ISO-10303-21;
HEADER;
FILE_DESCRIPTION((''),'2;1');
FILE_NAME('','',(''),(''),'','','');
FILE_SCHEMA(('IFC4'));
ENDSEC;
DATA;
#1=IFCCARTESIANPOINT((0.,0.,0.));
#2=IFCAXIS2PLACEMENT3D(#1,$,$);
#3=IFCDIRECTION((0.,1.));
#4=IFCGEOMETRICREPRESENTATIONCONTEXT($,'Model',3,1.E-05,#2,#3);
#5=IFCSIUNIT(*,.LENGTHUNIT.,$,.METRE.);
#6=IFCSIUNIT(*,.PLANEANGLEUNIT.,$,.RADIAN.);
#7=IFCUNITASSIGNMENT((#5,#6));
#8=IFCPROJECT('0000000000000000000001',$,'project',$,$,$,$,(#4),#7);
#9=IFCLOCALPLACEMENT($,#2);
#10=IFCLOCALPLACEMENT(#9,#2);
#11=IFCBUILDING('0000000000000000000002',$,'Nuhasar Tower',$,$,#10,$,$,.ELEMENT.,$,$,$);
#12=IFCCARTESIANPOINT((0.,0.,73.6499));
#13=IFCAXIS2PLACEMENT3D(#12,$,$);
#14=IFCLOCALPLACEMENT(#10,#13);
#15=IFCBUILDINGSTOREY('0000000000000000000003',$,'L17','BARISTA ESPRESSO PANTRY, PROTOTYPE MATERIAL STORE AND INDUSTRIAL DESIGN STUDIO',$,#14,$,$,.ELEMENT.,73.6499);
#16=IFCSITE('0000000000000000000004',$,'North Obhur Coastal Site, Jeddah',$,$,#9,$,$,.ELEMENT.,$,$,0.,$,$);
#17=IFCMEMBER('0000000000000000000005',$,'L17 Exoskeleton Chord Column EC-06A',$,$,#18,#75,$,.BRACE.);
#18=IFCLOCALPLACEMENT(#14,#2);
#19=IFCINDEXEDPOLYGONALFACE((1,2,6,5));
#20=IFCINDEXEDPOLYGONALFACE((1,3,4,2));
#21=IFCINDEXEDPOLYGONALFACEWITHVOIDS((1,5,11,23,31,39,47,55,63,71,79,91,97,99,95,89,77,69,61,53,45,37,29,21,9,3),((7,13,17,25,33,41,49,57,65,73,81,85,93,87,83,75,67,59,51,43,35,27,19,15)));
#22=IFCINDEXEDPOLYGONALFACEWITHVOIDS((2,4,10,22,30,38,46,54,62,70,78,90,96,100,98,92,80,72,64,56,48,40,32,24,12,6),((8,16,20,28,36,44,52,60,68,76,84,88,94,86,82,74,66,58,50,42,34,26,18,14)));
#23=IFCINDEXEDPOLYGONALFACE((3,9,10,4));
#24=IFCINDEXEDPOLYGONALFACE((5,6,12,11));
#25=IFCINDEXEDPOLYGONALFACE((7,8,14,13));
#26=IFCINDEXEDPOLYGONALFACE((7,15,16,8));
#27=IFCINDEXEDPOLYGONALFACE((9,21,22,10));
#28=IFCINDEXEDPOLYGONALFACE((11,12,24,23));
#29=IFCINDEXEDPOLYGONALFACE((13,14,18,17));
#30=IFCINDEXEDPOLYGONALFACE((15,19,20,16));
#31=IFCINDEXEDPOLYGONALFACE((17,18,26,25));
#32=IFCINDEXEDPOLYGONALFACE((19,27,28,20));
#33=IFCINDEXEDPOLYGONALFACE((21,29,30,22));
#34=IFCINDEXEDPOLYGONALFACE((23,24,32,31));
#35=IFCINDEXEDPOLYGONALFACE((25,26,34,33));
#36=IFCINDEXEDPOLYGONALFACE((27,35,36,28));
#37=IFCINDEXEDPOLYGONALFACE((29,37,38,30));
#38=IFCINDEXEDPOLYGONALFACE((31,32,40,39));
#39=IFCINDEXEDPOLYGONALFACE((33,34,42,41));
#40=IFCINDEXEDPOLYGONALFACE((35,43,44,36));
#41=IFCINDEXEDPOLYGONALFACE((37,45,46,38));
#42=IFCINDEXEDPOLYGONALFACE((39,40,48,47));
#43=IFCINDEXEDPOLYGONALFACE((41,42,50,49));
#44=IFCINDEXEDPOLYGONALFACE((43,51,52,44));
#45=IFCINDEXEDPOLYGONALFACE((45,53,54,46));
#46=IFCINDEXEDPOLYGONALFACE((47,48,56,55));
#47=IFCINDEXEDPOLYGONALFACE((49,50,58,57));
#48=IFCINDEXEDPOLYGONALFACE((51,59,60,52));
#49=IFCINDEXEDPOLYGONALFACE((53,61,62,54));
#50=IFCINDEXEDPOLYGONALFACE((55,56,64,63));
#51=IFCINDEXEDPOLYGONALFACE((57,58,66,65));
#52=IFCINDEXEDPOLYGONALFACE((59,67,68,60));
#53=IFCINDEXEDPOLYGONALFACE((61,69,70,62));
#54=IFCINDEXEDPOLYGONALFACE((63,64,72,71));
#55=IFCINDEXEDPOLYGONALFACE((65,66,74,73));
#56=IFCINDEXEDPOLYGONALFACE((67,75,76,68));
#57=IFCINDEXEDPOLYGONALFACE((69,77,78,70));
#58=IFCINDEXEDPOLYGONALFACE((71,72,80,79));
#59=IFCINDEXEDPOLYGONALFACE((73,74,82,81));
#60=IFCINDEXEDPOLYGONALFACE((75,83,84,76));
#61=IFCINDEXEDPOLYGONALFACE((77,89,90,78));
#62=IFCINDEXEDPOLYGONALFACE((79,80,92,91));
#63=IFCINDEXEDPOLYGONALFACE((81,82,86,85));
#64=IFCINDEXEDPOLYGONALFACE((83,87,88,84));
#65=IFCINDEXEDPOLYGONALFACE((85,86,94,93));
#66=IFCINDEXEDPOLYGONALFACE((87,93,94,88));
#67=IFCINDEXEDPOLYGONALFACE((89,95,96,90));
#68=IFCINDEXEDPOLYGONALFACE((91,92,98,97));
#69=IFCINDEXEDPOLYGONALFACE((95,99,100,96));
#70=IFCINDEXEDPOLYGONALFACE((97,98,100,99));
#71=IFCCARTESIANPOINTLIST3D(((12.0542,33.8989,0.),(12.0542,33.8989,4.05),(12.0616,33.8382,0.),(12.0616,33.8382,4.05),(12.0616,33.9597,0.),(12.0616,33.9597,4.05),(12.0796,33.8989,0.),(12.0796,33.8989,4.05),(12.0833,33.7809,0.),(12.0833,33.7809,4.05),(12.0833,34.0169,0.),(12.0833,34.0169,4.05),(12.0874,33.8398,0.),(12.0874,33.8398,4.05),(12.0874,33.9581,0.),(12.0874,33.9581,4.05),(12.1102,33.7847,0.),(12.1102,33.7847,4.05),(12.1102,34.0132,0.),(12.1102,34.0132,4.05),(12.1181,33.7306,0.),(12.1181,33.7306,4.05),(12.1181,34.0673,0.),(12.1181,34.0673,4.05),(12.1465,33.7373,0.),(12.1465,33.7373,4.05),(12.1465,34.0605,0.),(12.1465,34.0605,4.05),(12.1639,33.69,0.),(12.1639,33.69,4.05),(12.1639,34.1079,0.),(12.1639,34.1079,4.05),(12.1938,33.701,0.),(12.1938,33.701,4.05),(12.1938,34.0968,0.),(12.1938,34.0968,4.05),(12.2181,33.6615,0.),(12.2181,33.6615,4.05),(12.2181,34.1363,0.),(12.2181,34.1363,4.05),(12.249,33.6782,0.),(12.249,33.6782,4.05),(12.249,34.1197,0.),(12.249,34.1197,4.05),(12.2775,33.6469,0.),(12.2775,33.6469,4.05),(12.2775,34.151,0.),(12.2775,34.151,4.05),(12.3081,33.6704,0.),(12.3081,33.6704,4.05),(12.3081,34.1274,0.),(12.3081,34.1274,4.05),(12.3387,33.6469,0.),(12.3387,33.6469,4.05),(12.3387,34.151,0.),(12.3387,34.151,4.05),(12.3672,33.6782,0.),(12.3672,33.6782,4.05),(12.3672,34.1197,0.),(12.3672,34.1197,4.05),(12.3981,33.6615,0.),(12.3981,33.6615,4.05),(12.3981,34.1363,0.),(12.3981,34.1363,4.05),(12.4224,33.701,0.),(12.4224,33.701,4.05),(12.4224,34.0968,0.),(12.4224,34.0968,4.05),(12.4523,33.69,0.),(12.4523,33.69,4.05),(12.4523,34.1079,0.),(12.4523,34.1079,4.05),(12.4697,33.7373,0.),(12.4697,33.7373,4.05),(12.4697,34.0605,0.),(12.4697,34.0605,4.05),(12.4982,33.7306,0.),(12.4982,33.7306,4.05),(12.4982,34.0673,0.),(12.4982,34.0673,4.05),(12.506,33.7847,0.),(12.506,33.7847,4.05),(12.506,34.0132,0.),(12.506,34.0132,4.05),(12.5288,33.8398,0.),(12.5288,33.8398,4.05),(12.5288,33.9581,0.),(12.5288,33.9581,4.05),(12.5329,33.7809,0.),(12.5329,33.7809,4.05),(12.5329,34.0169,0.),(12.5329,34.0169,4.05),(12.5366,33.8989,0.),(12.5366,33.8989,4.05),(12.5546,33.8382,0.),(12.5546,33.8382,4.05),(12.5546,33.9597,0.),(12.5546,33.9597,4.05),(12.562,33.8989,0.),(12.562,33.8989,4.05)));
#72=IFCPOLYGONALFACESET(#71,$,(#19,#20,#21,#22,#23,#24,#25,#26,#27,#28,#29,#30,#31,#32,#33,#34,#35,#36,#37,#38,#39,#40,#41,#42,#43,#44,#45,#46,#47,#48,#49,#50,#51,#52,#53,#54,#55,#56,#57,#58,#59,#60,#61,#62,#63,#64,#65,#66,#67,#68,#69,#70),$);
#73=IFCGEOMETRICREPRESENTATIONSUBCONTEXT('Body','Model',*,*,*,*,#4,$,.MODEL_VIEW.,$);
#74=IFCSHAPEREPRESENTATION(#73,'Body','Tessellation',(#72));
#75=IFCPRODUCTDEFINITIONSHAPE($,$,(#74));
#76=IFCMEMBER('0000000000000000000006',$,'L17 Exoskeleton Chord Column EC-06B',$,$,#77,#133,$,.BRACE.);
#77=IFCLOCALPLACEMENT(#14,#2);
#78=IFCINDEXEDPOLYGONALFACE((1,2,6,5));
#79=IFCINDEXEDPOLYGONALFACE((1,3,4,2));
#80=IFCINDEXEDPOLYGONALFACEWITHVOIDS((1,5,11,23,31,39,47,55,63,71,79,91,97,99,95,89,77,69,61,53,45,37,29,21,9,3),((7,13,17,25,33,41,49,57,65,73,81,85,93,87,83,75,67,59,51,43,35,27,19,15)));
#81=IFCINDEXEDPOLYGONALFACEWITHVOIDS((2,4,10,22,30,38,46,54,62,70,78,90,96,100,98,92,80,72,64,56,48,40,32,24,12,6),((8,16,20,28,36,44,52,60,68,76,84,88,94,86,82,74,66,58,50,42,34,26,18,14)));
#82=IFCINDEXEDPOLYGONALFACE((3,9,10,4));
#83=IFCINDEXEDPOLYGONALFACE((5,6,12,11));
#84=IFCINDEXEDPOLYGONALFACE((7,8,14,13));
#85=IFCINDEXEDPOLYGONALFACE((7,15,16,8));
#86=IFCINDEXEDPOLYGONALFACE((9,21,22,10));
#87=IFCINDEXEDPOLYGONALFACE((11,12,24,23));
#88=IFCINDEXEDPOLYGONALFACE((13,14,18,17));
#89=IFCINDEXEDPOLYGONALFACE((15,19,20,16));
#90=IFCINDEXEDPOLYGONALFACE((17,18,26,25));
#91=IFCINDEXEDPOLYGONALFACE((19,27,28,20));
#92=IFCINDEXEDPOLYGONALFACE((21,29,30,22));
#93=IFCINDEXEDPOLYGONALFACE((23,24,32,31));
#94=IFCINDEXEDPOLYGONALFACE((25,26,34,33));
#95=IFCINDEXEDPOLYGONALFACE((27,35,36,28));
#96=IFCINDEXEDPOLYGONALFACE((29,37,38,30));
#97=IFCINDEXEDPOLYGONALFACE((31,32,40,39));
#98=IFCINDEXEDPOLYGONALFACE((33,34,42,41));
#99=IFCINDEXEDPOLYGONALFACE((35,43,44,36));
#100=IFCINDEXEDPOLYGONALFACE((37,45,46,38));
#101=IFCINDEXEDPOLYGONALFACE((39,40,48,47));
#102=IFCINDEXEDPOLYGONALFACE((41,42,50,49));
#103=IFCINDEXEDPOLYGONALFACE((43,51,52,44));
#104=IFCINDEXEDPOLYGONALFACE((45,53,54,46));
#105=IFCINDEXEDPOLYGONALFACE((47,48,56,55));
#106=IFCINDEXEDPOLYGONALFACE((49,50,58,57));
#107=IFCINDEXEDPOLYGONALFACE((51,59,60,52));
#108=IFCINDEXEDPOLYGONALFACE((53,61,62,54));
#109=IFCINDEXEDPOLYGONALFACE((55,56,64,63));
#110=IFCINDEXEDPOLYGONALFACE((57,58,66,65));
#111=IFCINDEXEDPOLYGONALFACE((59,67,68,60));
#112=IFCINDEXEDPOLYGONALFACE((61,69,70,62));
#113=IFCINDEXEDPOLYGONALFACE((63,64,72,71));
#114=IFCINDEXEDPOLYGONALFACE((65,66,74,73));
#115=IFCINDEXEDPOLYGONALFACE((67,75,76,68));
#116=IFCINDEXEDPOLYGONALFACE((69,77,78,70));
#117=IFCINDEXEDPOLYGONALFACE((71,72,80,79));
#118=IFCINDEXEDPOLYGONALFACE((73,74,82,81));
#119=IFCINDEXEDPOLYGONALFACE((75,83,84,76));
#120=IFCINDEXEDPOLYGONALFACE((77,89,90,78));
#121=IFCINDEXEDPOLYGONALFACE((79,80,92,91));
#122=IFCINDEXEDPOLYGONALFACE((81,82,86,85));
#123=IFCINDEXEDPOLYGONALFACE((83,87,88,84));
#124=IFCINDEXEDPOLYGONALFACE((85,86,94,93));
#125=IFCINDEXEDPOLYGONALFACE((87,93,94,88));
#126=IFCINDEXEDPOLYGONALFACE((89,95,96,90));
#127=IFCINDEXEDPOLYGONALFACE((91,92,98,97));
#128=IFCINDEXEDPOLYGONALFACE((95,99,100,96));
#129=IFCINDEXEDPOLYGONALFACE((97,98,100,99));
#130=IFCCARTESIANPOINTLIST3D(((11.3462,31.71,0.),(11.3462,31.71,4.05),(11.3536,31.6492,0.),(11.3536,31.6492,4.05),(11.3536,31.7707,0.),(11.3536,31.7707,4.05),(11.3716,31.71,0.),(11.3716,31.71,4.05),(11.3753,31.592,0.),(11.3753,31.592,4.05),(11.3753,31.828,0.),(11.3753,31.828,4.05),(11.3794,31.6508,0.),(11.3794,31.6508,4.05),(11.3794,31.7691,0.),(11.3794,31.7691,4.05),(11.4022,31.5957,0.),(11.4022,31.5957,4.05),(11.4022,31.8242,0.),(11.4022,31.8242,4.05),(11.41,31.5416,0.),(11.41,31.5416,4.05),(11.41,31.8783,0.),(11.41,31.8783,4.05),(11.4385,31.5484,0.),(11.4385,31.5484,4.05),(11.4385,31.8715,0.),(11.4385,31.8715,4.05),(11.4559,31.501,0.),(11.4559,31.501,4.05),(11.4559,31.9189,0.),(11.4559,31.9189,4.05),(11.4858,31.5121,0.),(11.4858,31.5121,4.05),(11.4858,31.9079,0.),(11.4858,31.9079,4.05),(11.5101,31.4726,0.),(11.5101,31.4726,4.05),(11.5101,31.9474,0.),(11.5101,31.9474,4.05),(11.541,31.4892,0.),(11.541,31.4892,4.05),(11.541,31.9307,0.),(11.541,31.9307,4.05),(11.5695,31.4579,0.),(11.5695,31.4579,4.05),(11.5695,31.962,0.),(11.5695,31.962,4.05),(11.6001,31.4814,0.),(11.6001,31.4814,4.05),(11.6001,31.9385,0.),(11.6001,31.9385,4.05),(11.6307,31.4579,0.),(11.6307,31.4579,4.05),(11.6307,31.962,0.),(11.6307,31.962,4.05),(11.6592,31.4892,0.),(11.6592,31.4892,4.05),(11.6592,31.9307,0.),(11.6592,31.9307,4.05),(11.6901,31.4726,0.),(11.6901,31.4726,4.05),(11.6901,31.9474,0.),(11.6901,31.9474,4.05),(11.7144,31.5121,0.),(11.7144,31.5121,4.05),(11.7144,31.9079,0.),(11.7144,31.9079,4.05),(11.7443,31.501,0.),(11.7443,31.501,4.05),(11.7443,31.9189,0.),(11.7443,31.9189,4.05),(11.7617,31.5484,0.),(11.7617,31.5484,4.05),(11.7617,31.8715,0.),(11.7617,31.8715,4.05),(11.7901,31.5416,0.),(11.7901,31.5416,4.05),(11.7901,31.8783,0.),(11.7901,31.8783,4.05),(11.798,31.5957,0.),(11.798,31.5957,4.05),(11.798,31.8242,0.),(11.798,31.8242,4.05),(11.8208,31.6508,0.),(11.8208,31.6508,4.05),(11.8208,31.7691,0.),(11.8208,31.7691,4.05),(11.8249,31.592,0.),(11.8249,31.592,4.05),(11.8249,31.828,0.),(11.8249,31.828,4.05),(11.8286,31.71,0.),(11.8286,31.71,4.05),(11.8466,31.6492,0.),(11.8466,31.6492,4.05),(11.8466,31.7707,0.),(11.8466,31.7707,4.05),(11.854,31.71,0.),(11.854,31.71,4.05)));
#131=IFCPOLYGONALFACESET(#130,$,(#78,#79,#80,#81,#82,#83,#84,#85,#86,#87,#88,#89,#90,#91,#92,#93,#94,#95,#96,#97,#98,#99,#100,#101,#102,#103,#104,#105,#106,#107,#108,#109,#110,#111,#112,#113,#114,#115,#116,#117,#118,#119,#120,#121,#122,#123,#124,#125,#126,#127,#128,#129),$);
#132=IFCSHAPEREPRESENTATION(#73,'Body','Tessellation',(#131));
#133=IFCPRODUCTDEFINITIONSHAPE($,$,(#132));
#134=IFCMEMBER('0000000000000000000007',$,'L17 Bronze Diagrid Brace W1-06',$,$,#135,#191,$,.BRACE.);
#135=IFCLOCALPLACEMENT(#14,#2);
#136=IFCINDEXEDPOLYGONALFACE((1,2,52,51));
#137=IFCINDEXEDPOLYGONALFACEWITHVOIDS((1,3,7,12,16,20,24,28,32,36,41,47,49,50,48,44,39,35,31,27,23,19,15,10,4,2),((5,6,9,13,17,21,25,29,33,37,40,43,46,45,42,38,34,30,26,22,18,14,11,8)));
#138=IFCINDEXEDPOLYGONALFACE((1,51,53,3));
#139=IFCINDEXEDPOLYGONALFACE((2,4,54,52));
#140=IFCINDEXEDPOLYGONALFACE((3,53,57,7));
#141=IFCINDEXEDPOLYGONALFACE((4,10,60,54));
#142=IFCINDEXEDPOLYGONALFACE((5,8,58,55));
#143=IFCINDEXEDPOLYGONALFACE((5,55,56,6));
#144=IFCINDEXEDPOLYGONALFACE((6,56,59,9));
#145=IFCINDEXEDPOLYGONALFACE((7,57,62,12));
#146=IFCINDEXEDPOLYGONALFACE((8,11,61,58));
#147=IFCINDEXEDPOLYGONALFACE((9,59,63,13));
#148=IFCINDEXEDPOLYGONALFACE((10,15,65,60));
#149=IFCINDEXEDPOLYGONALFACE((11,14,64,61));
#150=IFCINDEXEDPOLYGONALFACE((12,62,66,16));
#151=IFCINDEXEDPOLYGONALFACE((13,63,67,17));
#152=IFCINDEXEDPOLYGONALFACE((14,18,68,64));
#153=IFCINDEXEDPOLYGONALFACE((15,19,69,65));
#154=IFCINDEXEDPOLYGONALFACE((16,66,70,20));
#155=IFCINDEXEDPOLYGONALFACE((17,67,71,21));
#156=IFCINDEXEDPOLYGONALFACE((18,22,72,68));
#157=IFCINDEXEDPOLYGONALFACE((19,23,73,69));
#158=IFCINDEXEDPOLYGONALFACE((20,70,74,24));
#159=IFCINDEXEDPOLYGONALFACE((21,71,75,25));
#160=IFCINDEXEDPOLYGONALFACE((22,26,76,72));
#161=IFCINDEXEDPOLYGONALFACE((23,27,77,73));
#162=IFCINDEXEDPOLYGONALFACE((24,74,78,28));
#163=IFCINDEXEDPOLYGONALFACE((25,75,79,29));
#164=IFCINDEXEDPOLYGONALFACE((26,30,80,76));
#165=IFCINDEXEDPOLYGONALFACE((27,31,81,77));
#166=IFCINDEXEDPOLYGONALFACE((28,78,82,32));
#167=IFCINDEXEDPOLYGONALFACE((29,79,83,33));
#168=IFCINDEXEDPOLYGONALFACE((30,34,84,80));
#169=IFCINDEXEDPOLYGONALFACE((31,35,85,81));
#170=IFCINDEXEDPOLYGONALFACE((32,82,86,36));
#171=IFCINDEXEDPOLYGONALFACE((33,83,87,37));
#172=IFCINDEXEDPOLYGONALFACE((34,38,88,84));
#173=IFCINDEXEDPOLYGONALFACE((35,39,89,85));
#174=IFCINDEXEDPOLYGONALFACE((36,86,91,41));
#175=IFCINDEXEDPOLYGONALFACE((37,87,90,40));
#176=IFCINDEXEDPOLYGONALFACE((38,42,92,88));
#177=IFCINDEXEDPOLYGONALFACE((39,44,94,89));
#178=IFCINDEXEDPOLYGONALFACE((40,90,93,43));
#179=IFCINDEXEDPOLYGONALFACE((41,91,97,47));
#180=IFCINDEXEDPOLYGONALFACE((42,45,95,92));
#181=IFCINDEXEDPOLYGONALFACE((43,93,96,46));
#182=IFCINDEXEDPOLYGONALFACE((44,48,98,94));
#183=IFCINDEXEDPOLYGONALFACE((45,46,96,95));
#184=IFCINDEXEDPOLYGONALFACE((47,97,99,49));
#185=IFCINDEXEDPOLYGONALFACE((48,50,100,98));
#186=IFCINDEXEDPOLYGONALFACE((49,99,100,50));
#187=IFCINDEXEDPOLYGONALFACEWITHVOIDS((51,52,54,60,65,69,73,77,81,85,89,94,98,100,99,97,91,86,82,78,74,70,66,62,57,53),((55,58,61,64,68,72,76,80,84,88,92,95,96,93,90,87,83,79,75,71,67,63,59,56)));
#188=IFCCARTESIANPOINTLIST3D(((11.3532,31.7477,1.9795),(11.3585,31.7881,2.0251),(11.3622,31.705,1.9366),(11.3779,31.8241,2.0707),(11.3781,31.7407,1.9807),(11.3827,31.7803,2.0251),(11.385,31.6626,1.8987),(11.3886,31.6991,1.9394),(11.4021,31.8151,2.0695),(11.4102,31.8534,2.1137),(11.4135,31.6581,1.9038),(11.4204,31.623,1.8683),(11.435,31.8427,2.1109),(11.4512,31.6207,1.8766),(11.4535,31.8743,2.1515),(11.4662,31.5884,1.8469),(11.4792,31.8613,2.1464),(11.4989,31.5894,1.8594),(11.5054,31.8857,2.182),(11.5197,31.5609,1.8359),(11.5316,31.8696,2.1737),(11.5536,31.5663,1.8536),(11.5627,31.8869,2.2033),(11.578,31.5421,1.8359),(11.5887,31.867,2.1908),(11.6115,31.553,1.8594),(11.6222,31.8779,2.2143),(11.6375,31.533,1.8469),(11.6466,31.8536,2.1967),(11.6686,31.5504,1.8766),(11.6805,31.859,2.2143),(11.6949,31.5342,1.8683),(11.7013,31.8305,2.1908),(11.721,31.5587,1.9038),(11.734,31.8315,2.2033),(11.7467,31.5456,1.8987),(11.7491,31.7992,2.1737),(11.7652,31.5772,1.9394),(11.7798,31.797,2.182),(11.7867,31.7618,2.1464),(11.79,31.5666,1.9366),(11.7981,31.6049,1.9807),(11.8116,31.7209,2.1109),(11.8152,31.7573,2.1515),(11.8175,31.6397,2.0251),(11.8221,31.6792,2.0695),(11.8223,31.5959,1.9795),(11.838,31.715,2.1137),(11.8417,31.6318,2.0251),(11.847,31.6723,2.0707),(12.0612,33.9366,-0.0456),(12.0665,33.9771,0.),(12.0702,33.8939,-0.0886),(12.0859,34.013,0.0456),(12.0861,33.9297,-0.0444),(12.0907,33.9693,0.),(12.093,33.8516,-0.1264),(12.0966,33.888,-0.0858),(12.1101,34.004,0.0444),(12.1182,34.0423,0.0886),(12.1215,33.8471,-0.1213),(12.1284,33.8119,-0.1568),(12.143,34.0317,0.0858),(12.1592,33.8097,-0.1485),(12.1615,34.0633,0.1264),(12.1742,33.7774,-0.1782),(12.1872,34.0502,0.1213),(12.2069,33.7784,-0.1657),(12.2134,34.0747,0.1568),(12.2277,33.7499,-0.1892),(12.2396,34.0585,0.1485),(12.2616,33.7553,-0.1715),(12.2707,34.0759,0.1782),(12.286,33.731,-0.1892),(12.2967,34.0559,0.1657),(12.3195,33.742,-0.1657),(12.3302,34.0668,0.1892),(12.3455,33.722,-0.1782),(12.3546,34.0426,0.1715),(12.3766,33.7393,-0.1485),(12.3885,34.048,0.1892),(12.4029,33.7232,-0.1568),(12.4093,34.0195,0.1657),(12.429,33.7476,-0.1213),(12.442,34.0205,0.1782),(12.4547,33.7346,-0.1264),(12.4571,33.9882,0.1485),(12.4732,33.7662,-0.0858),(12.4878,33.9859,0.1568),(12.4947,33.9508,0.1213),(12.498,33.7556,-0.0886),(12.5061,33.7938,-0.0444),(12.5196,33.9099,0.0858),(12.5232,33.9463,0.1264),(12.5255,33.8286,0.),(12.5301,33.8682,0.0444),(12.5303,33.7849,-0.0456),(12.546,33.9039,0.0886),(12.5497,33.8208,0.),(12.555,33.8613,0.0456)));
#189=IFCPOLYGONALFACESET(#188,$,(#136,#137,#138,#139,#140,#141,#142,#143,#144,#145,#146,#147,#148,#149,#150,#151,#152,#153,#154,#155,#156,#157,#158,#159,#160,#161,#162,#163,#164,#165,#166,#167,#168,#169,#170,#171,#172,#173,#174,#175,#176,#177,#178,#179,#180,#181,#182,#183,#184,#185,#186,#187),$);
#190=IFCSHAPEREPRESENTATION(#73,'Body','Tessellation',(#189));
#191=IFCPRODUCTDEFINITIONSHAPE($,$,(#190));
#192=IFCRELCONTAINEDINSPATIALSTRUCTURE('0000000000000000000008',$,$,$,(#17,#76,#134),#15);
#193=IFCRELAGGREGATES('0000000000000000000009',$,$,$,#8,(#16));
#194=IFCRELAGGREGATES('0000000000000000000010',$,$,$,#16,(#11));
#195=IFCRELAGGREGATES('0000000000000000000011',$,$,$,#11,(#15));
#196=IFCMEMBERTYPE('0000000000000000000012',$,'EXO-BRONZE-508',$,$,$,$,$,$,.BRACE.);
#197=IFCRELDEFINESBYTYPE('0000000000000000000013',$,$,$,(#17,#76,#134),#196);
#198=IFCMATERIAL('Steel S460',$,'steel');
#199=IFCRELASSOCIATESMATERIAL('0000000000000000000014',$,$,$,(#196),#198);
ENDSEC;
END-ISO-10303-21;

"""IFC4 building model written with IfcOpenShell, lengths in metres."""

from ifc_helpers import new_model, si_unit, direction, frame, origin, origin_2d, place, context, subcontext, project, spatial, hollow_circle, extrude, material, material_profile, profile_set, type_object, element, save


model = new_model("IFC4")

# Units and contexts
model_context = context("Model", 3, precision=1e-05, world=origin(), true_north=direction((0.0, 1.0)))
body_context = subcontext(model_context, "Body", "Model", "MODEL_VIEW")
ifc_project = project(units=[si_unit("LENGTHUNIT", "METRE"), si_unit("PLANEANGLEUNIT", "RADIAN")], contexts=[model_context])

# Site, building, storey
site_placement = place(None, origin())
site = spatial("IfcSite", under=ifc_project, at=site_placement, Name="North Obhur Coastal Site, Jeddah", CompositionType="ELEMENT", RefElevation=0.0)
building_placement = place(site_placement, origin())
building = spatial("IfcBuilding", under=site, at=building_placement, Name="Nuhasar Tower", CompositionType="ELEMENT")
storey_placement = place(building_placement, frame((0.0, 0.0, 73.6499)))
storey = spatial("IfcBuildingStorey", under=building, at=storey_placement, Name="L17", Description="BARISTA ESPRESSO PANTRY, PROTOTYPE MATERIAL STORE AND INDUSTRIAL DESIGN STUDIO", CompositionType="ELEMENT", Elevation=73.6499)

# Members
ifc_material_1 = material(Name="Steel S460", Category="steel")
ifc_material_profile_1 = material_profile(ifc_material_1, hollow_circle(Radius=0.2539, WallThickness=0.0254, at=origin_2d()), Name="HSS508X25.4")
ifc_profile_set_1 = profile_set([ifc_material_profile_1], Name="Steel S460")
member_type_1 = type_object("IfcMemberType", Name="EXO-BRONZE-508", PredefinedType="BRACE", material=ifc_profile_set_1)
for number, where, z_axis, x_axis, name in (
    (1, (12.3081, 33.8989, 0.0), (0.0, 0.0, 1.0), (1.0, 0.0, 0.0), "L17 Exoskeleton Chord Column EC-06A"),
    (2, (11.6001, 31.71, 0.0), (0.0, 0.0, 1.0), (1.0, 0.0, 0.0), "L17 Exoskeleton Chord Column EC-06B"),
):
    element("IfcMember", number, at=place(storey_placement, frame(where, z_axis=z_axis, x_axis=x_axis)), inside=storey, type_object=member_type_1, Name=name, PredefinedType="BRACE", context=body_context, shape_type="SweptSolid", body=[
        extrude(hollow_circle(Radius=0.2539, WallThickness=0.0254, at=origin_2d()), origin(), (0.0, 0.0, 1.0), 4.05),
    ])
member_1_placement = place(storey_placement, frame((12.3081, 33.8989, 0.0), z_axis=(-0.231, -0.714187, 0.660739), x_axis=(0.951468, -0.307747, 0.0)))
element("IfcMember", 3, at=member_1_placement, inside=storey, type_object=member_type_1, Name="L17 Bronze Diagrid Brace W1-06", PredefinedType="BRACE", context=body_context, shape_type="SweptSolid", body=[
    extrude(hollow_circle(Radius=0.2539, WallThickness=0.0254, at=origin_2d()), origin(), (0.0, 0.0, 1.0), 3.0649),
])

save(model, "model.ifc")
